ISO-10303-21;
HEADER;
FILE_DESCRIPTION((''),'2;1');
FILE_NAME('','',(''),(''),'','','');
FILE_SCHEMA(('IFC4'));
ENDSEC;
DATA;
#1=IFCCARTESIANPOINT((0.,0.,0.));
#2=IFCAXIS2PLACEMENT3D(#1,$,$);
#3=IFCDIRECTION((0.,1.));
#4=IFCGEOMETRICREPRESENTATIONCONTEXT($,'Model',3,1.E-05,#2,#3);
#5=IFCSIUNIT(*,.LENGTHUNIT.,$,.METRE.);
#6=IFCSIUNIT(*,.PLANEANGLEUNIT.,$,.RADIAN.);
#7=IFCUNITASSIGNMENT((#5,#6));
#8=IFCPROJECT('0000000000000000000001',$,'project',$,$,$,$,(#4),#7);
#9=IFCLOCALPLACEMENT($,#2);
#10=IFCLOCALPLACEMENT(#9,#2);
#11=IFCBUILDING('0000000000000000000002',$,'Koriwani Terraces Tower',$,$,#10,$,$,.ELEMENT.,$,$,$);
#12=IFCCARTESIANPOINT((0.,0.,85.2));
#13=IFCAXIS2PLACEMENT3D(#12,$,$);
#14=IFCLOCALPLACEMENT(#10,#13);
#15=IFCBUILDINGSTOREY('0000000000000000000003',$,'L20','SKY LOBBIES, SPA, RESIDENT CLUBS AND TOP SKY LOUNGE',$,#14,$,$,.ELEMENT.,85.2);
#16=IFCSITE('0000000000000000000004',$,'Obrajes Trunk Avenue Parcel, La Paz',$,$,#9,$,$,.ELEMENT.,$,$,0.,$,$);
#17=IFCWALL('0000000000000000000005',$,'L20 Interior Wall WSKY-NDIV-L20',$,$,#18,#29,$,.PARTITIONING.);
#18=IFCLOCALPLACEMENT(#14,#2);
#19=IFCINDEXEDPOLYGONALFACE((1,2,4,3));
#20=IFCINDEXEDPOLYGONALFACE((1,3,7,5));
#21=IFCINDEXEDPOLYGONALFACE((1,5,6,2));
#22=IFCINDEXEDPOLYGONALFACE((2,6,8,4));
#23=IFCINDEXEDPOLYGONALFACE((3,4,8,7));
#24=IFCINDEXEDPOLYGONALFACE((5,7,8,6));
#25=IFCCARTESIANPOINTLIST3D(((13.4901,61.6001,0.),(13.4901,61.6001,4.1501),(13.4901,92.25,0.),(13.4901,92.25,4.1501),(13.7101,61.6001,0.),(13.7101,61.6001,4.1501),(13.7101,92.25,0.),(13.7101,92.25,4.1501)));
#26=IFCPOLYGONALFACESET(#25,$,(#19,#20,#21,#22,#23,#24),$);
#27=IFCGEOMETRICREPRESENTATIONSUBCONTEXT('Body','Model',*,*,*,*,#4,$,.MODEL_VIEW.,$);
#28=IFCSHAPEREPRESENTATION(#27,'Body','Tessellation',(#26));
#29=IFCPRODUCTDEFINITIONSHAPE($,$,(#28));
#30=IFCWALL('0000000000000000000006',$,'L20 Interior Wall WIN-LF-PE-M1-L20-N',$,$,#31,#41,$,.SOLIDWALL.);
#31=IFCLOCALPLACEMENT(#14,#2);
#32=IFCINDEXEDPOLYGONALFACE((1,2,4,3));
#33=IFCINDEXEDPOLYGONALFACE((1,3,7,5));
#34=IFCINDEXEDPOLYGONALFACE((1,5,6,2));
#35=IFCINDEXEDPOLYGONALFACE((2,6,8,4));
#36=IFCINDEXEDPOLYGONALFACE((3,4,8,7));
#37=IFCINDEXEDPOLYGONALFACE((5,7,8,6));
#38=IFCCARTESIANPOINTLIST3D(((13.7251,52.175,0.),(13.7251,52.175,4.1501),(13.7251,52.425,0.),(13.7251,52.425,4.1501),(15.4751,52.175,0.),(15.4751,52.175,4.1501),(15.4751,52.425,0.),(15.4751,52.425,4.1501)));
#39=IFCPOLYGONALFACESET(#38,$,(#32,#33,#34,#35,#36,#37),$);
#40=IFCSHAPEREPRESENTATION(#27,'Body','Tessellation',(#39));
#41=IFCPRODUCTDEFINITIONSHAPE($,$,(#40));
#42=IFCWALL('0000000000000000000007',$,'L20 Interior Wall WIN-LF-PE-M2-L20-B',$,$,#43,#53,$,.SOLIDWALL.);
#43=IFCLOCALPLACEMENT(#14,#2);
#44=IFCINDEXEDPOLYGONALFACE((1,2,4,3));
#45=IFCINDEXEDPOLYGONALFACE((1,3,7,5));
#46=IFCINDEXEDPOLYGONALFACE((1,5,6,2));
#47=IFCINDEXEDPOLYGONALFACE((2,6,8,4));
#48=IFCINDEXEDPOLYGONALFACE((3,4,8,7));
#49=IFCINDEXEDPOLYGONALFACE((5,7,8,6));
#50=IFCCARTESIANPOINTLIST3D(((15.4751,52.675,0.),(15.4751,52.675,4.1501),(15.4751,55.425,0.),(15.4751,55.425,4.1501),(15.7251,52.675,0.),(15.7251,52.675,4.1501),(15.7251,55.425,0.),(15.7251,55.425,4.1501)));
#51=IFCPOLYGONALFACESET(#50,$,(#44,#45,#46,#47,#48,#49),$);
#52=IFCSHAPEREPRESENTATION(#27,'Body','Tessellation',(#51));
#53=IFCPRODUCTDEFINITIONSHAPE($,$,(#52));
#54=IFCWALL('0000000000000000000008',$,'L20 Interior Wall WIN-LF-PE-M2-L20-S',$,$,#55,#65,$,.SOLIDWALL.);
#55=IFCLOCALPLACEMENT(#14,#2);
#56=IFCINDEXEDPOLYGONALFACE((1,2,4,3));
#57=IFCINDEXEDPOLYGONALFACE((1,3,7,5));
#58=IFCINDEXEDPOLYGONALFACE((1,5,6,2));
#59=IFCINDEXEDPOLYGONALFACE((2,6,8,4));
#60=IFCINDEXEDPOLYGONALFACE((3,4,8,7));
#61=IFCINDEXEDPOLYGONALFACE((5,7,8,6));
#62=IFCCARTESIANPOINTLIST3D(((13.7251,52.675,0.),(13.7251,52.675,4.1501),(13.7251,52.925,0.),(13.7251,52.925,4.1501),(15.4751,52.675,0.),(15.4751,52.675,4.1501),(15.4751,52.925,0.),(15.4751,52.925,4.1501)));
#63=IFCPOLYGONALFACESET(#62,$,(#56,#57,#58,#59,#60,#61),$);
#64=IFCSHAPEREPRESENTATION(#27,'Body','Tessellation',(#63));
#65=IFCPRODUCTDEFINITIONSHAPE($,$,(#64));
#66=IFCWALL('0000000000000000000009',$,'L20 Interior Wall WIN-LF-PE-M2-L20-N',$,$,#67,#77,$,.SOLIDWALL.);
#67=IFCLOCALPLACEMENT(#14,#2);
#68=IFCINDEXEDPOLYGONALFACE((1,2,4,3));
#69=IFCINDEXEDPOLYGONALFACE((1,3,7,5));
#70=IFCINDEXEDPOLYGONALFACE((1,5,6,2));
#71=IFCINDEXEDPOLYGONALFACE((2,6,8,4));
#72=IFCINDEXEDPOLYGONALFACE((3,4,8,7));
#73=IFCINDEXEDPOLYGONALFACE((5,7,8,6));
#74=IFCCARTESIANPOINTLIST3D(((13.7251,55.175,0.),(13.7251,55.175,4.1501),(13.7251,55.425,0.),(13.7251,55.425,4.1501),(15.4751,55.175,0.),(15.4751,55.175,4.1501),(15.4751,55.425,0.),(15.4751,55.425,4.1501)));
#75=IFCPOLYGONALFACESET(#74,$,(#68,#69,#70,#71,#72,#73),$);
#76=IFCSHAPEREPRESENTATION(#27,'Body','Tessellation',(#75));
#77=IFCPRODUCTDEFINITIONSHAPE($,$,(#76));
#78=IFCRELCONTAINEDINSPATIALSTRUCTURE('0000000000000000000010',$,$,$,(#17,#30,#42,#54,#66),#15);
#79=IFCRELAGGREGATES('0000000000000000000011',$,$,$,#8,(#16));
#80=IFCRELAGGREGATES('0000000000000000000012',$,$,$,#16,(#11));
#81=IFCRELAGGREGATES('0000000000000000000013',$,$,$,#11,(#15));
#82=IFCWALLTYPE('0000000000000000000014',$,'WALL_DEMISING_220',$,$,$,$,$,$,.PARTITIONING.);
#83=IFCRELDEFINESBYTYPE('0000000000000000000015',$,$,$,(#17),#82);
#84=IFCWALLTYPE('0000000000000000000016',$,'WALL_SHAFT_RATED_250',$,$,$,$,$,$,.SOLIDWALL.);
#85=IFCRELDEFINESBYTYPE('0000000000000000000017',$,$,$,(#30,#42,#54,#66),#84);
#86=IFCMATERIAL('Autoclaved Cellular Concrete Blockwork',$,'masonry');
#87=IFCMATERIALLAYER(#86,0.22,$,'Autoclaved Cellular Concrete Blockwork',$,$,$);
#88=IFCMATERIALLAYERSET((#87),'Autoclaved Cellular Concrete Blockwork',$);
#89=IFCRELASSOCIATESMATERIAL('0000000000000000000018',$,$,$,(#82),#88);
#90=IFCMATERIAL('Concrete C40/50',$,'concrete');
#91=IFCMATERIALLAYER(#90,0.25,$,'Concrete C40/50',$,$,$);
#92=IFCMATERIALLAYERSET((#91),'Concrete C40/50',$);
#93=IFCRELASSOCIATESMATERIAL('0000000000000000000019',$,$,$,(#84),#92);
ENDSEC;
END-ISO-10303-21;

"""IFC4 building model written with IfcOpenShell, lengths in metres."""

from ifc_helpers import new_model, si_unit, direction, frame, frame_2d, origin, place, context, subcontext, project, spatial, rectangle, extrude, material, layer, layer_set, type_object, element, save


model = new_model("IFC4")

# Units and contexts
model_context = context("Model", 3, precision=1e-05, world=origin(), true_north=direction((0.0, 1.0)))
body_context = subcontext(model_context, "Body", "Model", "MODEL_VIEW")
ifc_project = project(units=[si_unit("LENGTHUNIT", "METRE"), si_unit("PLANEANGLEUNIT", "RADIAN")], contexts=[model_context])

# Site, building, storey
site_placement = place(None, origin())
site = spatial("IfcSite", under=ifc_project, at=site_placement, Name="Obrajes Trunk Avenue Parcel, La Paz", CompositionType="ELEMENT", RefElevation=0.0)
building_placement = place(site_placement, origin())
building = spatial("IfcBuilding", under=site, at=building_placement, Name="Koriwani Terraces Tower", CompositionType="ELEMENT")
storey_placement = place(building_placement, frame((0.0, 0.0, 85.2)))
storey = spatial("IfcBuildingStorey", under=building, at=storey_placement, Name="L20", Description="SKY LOBBIES, SPA, RESIDENT CLUBS AND TOP SKY LOUNGE", CompositionType="ELEMENT", Elevation=85.2)

# Shared definitions
ifc_material_1 = material(Name="Concrete C40/50", Category="concrete")

# Shared definitions
ifc_material_2 = material(Name="Autoclaved Cellular Concrete Blockwork", Category="masonry")

# Walls
ifc_layer_1 = layer(ifc_material_2, 0.22, Name="Autoclaved Cellular Concrete Blockwork")
ifc_layer_set_1 = layer_set([ifc_layer_1], Name="Autoclaved Cellular Concrete Blockwork")
wall_type_1 = type_object("IfcWallType", Name="WALL_DEMISING_220", PredefinedType="PARTITIONING", material=ifc_layer_set_1)
wall_1_placement = place(storey_placement, frame((13.6001, 61.6001, 0.0), z_axis=(0.0, 0.0, 1.0), x_axis=(0.0, 1.0, 0.0)))
element("IfcWall", 1, at=wall_1_placement, inside=storey, type_object=wall_type_1, Name="L20 Interior Wall WSKY-NDIV-L20", PredefinedType="PARTITIONING", context=body_context, shape_type="SweptSolid", body=[
    extrude(rectangle(XDim=30.6499, YDim=0.22, at=frame_2d((15.325, 0.0))), origin(), (0.0, 0.0, 1.0), 4.1501),
])
ifc_layer_2 = layer(ifc_material_1, 0.25, Name="Concrete C40/50")
ifc_layer_set_2 = layer_set([ifc_layer_2], Name="Concrete C40/50")
wall_type_2 = type_object("IfcWallType", Name="WALL_SHAFT_RATED_250", PredefinedType="SOLIDWALL", material=ifc_layer_set_2)
wall_2_placement = place(storey_placement, frame((13.7251, 52.3, 0.0), z_axis=(0.0, 0.0, 1.0), x_axis=(1.0, 0.0, 0.0)))
element("IfcWall", 2, at=wall_2_placement, inside=storey, type_object=wall_type_2, Name="L20 Interior Wall WIN-LF-PE-M1-L20-N", PredefinedType="SOLIDWALL", context=body_context, shape_type="SweptSolid", body=[
    extrude(rectangle(XDim=1.75, YDim=0.25, at=frame_2d((0.875, 0.0))), origin(), (0.0, 0.0, 1.0), 4.1501),
])

# Walls
wall_3_placement = place(storey_placement, frame((15.6001, 52.675, 0.0), z_axis=(0.0, 0.0, 1.0), x_axis=(0.0, 1.0, 0.0)))
element("IfcWall", 3, at=wall_3_placement, inside=storey, type_object=wall_type_2, Name="L20 Interior Wall WIN-LF-PE-M2-L20-B", PredefinedType="SOLIDWALL", context=body_context, shape_type="SweptSolid", body=[
    extrude(rectangle(XDim=2.75, YDim=0.25, at=frame_2d((1.375, 0.0))), origin(), (0.0, 0.0, 1.0), 4.1501),
])
for number, where, z_axis, x_axis, name in (
    (4, (13.7251, 52.8, 0.0), (0.0, 0.0, 1.0), (1.0, 0.0, 0.0), "L20 Interior Wall WIN-LF-PE-M2-L20-S"),
    (5, (13.7251, 55.3, 0.0), (0.0, 0.0, 1.0), (1.0, 0.0, 0.0), "L20 Interior Wall WIN-LF-PE-M2-L20-N"),
):
    element("IfcWall", number, at=place(storey_placement, frame(where, z_axis=z_axis, x_axis=x_axis)), inside=storey, type_object=wall_type_2, Name=name, PredefinedType="SOLIDWALL", context=body_context, shape_type="SweptSolid", body=[
        extrude(rectangle(XDim=1.75, YDim=0.25, at=frame_2d((0.875, 0.0))), origin(), (0.0, 0.0, 1.0), 4.1501),
    ])

save(model, "model.ifc")
